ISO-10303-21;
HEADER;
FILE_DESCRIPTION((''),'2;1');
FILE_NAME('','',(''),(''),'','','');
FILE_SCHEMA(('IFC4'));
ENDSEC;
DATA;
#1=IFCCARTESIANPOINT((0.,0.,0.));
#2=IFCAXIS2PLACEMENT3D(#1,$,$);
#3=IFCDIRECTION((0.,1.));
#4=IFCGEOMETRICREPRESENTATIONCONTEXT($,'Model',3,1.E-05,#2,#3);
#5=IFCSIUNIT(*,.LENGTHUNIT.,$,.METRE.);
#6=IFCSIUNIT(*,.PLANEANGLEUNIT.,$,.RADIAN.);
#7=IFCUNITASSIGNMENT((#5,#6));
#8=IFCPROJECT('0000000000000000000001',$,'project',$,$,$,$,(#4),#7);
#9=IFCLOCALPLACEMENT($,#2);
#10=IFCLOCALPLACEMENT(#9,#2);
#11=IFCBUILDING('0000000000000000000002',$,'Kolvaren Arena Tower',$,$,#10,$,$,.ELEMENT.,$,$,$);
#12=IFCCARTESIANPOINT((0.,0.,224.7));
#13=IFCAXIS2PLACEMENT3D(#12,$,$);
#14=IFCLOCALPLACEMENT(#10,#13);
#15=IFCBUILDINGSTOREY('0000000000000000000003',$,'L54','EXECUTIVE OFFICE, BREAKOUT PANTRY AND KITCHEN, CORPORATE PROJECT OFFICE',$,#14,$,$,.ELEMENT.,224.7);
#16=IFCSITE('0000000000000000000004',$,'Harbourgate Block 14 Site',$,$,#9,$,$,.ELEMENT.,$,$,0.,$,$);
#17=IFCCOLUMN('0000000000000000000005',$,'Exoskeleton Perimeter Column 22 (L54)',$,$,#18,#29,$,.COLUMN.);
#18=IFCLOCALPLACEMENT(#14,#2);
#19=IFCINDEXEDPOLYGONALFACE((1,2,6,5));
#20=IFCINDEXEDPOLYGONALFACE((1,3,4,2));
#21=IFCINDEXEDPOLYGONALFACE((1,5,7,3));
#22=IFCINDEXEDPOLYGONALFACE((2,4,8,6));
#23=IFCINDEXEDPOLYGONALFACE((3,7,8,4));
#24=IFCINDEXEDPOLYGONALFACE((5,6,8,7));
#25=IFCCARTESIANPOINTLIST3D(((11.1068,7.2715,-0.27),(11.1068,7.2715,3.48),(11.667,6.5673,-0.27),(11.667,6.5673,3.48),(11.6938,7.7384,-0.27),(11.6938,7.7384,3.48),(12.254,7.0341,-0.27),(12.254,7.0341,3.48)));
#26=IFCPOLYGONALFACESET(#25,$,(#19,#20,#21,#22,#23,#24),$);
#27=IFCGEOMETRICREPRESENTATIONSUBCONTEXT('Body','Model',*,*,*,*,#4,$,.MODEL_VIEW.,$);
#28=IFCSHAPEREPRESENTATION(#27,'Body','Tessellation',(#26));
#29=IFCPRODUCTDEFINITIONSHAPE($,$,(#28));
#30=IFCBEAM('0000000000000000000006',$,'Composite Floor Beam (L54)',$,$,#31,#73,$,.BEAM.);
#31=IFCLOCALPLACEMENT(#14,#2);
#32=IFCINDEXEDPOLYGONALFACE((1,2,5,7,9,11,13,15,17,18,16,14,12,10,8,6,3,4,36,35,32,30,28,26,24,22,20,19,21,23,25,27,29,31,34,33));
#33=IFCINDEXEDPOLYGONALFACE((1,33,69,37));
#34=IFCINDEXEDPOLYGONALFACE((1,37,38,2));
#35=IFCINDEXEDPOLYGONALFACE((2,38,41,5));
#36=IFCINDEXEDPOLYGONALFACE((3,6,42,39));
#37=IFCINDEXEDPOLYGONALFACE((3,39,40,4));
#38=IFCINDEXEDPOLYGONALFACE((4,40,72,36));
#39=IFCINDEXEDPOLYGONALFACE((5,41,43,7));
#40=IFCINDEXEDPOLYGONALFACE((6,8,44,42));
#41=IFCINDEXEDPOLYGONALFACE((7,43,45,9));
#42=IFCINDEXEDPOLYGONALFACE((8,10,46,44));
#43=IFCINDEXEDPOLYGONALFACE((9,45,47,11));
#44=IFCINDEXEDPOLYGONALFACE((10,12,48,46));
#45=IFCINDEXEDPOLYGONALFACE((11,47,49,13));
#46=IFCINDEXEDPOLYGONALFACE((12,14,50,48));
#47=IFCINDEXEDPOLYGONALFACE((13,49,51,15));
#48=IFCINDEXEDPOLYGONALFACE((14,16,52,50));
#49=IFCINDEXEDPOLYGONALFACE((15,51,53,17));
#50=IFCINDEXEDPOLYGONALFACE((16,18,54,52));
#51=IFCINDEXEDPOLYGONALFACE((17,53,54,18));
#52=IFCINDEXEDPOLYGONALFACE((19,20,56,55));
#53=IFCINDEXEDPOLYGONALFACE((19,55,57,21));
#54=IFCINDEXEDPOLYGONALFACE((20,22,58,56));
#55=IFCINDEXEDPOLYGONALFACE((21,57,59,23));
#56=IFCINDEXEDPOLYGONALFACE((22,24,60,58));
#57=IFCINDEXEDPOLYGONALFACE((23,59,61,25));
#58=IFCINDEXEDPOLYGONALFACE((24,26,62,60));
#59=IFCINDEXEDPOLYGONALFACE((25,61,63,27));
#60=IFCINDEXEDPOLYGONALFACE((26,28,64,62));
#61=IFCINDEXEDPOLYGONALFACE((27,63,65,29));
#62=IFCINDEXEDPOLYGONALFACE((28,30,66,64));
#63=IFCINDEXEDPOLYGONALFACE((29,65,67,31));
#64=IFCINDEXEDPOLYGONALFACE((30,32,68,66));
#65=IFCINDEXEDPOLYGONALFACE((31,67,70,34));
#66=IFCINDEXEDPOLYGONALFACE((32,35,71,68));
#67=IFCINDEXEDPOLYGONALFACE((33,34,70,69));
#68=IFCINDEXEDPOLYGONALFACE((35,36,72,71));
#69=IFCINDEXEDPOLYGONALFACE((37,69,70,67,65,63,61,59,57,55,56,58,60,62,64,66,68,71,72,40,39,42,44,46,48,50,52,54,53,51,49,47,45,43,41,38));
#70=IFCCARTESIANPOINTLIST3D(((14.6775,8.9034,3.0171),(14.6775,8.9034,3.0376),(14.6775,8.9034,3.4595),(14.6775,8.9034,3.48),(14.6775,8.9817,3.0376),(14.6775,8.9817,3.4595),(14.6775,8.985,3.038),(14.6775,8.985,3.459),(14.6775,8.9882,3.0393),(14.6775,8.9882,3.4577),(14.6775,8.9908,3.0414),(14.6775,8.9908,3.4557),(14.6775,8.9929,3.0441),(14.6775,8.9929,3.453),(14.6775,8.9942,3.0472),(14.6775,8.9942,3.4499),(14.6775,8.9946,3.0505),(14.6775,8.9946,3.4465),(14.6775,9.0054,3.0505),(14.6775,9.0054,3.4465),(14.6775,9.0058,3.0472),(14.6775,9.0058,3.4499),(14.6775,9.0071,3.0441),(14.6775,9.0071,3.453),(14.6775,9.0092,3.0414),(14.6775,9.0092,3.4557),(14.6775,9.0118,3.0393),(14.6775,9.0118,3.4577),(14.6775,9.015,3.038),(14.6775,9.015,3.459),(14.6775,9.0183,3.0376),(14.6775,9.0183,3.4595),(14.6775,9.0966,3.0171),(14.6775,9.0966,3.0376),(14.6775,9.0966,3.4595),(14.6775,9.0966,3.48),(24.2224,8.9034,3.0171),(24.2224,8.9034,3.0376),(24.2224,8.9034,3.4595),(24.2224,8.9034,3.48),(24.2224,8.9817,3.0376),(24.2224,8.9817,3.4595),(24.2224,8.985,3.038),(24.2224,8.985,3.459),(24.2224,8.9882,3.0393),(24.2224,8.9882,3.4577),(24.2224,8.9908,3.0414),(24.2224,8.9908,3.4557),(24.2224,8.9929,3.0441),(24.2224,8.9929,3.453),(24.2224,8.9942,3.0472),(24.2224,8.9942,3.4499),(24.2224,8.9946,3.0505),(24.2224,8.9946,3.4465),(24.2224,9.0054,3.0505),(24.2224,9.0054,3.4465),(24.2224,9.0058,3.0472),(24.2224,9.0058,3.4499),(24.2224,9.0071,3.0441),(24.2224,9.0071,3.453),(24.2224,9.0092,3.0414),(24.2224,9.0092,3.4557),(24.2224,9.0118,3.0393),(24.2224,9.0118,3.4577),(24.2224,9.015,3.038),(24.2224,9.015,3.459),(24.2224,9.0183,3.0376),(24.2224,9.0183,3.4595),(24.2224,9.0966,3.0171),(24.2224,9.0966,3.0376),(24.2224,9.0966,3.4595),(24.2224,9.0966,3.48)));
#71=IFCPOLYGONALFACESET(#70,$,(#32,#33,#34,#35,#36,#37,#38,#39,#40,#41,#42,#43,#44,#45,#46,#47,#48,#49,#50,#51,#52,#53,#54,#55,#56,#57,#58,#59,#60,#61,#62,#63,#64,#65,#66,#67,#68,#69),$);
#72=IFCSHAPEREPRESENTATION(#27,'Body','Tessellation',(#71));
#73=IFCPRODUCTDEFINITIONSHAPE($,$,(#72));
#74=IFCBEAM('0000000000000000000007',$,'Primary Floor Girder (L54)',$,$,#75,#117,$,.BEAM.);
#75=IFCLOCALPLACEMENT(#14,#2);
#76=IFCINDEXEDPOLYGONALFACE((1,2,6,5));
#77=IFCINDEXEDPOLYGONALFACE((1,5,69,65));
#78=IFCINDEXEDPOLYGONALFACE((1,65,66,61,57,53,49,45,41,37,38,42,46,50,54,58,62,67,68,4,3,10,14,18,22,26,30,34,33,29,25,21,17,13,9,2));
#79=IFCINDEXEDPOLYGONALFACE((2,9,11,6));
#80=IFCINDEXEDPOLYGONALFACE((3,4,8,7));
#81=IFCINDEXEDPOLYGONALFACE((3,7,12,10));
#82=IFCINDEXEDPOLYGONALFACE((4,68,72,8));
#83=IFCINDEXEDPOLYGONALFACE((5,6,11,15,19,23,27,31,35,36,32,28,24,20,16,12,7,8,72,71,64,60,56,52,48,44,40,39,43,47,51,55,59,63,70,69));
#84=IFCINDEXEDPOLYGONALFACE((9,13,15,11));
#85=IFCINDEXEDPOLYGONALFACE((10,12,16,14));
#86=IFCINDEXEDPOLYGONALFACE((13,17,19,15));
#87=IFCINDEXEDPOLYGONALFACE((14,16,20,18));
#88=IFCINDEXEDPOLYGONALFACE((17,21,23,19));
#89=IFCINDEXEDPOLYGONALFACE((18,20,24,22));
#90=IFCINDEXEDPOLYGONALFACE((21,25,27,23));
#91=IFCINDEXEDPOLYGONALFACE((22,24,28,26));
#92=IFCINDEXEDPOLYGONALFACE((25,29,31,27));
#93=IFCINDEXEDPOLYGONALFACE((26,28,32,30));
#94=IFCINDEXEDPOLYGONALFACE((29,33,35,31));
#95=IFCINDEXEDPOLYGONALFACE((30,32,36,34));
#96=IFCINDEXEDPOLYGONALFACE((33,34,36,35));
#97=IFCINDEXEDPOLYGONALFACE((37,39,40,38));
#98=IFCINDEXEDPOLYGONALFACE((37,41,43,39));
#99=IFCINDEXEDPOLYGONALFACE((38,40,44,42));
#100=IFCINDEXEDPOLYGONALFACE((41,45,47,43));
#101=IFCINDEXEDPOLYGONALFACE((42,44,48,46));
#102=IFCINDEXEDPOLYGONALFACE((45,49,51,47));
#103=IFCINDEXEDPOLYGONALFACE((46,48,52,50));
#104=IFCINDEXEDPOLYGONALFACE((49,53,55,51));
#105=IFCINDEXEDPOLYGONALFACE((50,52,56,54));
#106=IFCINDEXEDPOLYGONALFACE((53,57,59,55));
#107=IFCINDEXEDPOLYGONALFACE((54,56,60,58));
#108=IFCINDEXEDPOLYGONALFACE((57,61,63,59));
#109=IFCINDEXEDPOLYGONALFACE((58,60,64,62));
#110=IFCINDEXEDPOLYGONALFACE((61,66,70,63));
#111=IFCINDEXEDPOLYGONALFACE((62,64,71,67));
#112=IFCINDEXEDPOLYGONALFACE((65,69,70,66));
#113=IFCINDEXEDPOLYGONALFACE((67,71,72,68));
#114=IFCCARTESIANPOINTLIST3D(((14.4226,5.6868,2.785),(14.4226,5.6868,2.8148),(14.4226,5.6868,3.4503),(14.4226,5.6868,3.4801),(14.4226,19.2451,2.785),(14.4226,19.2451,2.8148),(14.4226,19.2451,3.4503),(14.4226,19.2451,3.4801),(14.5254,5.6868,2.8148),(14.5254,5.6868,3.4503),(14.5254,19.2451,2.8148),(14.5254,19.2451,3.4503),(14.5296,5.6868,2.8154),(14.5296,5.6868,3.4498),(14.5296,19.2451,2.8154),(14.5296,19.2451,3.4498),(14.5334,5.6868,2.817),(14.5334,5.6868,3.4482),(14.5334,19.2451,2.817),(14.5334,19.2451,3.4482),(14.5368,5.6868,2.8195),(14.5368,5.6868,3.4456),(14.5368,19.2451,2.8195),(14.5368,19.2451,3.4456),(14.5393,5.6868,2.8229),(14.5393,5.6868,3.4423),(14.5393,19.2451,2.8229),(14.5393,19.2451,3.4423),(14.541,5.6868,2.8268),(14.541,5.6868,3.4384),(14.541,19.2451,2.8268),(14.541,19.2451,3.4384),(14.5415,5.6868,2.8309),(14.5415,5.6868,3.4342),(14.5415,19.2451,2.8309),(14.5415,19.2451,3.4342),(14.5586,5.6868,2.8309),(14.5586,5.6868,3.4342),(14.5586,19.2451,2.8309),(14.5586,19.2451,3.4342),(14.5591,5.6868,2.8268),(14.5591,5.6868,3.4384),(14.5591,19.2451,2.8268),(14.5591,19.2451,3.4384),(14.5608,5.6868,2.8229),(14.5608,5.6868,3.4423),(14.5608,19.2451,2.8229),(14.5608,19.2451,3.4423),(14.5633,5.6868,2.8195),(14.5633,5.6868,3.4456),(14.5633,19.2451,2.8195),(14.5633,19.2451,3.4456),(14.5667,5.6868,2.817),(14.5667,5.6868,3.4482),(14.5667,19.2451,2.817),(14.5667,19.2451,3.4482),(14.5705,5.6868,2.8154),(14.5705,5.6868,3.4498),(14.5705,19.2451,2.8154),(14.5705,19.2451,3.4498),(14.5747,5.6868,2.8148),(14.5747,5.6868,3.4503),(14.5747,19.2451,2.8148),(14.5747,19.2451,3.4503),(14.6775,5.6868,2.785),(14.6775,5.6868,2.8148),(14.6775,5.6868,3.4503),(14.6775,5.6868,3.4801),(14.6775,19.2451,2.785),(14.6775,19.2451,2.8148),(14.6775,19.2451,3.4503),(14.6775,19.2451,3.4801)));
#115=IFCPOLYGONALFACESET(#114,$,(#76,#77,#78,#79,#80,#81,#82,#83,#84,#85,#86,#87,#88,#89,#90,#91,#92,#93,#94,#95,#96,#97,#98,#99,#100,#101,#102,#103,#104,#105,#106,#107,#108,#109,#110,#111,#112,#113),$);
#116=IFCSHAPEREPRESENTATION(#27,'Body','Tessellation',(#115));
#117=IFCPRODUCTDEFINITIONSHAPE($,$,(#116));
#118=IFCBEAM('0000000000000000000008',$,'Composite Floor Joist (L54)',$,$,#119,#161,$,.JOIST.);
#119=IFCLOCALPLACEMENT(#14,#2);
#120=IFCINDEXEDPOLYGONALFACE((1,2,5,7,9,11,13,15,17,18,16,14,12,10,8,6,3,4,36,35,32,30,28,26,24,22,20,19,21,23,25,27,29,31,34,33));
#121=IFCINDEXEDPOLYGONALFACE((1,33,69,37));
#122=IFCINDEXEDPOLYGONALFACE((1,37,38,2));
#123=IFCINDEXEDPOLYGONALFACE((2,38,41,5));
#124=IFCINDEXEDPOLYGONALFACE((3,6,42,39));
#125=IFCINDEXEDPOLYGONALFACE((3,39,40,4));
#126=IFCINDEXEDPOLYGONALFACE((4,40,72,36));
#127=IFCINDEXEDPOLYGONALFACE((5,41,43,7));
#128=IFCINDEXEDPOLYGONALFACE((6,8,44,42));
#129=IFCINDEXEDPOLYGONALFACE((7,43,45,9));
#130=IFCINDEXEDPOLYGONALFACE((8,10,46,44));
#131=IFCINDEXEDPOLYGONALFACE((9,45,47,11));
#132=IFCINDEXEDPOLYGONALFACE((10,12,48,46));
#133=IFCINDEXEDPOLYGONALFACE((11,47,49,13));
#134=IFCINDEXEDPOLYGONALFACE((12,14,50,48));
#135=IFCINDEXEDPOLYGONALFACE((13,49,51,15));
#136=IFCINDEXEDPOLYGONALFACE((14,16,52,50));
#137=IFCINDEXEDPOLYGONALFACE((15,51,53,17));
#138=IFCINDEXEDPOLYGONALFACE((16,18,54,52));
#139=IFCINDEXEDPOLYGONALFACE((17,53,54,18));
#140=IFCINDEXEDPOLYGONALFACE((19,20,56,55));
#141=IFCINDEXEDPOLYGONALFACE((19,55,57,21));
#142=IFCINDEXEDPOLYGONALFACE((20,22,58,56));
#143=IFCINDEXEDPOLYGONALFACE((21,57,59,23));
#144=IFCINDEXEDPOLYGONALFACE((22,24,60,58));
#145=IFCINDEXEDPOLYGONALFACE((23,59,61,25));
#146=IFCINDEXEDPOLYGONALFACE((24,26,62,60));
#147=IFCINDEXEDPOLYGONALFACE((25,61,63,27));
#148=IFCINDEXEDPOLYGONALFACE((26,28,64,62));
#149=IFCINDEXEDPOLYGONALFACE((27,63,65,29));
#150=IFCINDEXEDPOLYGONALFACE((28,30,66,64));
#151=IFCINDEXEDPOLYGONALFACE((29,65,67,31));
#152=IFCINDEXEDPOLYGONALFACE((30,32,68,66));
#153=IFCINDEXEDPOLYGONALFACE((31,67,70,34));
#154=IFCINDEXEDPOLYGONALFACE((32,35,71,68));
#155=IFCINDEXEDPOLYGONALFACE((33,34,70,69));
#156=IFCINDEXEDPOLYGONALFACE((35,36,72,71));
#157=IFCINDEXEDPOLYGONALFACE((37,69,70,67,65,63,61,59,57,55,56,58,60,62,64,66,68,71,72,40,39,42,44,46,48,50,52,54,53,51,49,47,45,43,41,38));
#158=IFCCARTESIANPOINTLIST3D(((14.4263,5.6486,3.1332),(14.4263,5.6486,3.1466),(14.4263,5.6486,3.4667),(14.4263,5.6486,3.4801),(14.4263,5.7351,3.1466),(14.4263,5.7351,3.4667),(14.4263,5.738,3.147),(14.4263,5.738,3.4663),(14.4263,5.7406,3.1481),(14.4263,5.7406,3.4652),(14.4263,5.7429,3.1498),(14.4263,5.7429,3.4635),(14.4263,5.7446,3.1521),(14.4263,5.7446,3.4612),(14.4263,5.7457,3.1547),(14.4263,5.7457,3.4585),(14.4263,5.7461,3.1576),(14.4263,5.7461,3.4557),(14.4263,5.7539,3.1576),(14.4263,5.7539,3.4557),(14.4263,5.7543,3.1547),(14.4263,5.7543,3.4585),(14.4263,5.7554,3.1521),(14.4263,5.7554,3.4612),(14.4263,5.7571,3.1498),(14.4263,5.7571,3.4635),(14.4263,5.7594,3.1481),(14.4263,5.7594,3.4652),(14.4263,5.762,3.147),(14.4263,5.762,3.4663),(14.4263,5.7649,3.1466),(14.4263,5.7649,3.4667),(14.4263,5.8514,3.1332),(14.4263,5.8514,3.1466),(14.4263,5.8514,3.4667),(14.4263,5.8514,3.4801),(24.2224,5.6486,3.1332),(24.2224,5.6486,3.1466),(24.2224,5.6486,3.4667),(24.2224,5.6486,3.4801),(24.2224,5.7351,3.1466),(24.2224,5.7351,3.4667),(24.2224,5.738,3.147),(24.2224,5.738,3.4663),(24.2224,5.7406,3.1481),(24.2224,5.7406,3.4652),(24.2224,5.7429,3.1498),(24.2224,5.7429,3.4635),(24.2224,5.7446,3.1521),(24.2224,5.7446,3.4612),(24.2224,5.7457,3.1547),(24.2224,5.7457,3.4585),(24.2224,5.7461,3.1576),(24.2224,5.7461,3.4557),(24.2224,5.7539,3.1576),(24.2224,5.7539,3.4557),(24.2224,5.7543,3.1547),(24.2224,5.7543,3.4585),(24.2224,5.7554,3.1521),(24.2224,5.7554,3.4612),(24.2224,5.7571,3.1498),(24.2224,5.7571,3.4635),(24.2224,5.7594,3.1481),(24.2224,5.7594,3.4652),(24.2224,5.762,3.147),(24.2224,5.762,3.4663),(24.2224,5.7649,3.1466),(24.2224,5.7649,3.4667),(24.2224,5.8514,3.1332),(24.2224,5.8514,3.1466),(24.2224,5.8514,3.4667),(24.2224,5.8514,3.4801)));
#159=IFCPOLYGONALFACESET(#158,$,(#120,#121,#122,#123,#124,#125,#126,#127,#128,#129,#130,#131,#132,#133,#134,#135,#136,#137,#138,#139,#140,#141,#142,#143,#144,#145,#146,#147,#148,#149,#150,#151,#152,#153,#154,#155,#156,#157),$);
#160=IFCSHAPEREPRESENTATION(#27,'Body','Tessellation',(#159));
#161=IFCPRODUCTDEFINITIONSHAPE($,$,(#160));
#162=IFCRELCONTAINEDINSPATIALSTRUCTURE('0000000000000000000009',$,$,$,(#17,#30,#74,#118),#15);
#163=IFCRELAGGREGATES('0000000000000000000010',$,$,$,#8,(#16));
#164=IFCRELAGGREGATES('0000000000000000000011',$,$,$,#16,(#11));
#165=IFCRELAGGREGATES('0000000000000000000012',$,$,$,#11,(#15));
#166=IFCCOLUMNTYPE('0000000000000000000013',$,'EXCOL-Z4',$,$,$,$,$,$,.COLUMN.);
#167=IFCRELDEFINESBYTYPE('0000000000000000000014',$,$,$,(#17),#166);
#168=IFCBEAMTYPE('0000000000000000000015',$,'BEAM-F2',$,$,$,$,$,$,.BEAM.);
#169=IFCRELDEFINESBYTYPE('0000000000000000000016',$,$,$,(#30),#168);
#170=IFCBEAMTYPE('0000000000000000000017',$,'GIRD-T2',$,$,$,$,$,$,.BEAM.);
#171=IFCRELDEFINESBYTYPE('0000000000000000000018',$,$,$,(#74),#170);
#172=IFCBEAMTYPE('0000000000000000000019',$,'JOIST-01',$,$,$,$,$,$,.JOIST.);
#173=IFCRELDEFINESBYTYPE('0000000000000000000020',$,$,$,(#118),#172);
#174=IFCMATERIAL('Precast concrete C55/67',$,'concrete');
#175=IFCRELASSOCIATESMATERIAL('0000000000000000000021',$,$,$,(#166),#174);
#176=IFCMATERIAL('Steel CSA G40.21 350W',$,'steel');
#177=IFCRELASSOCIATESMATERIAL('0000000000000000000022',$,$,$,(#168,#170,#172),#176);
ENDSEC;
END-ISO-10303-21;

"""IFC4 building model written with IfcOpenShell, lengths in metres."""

from ifc_helpers import new_model, si_unit, direction, frame, origin, origin_2d, place, context, subcontext, project, spatial, rectangle, i_section, extrude, material, material_profile, profile_set, type_object, element, save


model = new_model("IFC4")

# Units and contexts
model_context = context("Model", 3, precision=1e-05, world=origin(), true_north=direction((0.0, 1.0)))
body_context = subcontext(model_context, "Body", "Model", "MODEL_VIEW")
ifc_project = project(units=[si_unit("LENGTHUNIT", "METRE"), si_unit("PLANEANGLEUNIT", "RADIAN")], contexts=[model_context])

# Site, building, storey
site_placement = place(None, origin())
site = spatial("IfcSite", under=ifc_project, at=site_placement, Name="Harbourgate Block 14 Site", CompositionType="ELEMENT", RefElevation=0.0)
building_placement = place(site_placement, origin())
building = spatial("IfcBuilding", under=site, at=building_placement, Name="Kolvaren Arena Tower", CompositionType="ELEMENT")
storey_placement = place(building_placement, frame((0.0, 0.0, 224.7)))
storey = spatial("IfcBuildingStorey", under=building, at=storey_placement, Name="L54", Description="EXECUTIVE OFFICE, BREAKOUT PANTRY AND KITCHEN, CORPORATE PROJECT OFFICE", CompositionType="ELEMENT", Elevation=224.7)

# Column
ifc_material_1 = material(Name="Precast concrete C55/67", Category="concrete")
ifc_material_profile_1 = material_profile(ifc_material_1, rectangle(XDim=0.8999, YDim=0.75, at=origin_2d()), Name="RC-900x750")
ifc_profile_set_1 = profile_set([ifc_material_profile_1], Name="Precast concrete C55/67")
column_type = type_object("IfcColumnType", Name="EXCOL-Z4", PredefinedType="COLUMN", material=ifc_profile_set_1)
column_placement = place(storey_placement, frame((11.6804, 7.1528, -0.27), z_axis=(0.0, 0.0, 1.0), x_axis=(-0.622515, 0.782608, 0.0)))
element("IfcColumn", 1, at=column_placement, inside=storey, type_object=column_type, Name="Exoskeleton Perimeter Column 22 (L54)", PredefinedType="COLUMN", context=body_context, shape_type="SweptSolid", body=[
    extrude(rectangle(XDim=0.8999, YDim=0.75, at=origin_2d()), origin(), (0.0, 0.0, 1.0), 3.75),
])

# Beams
ifc_material_2 = material(Name="Steel CSA G40.21 350W", Category="steel")
ifc_material_profile_2 = material_profile(ifc_material_2, i_section(OverallWidth=0.1931, OverallDepth=0.4629, WebThickness=0.0107, FlangeThickness=0.0205, FilletRadius=0.0129, at=origin_2d()), Name="W460x113")
ifc_profile_set_2 = profile_set([ifc_material_profile_2], Name="Steel CSA G40.21 350W")
beam_type_1 = type_object("IfcBeamType", Name="BEAM-F2", PredefinedType="BEAM", material=ifc_profile_set_2)
beam_1_placement = place(storey_placement, frame((14.6775, 9.0, 3.2485), z_axis=(1.0, 0.0, 0.0), x_axis=(0.0, 1.0, 0.0)))
element("IfcBeam", 2, at=beam_1_placement, inside=storey, type_object=beam_type_1, Name="Composite Floor Beam (L54)", PredefinedType="BEAM", context=body_context, shape_type="SweptSolid", body=[
    extrude(i_section(OverallWidth=0.1931, OverallDepth=0.4629, WebThickness=0.0107, FlangeThickness=0.0205, FilletRadius=0.0129, at=origin_2d()), origin(), (0.0, 0.0, 1.0), 9.5449),
])
ifc_material_profile_3 = material_profile(ifc_material_2, i_section(OverallWidth=0.2549, OverallDepth=0.6951, WebThickness=0.0171, FlangeThickness=0.0298, FilletRadius=0.0161, at=origin_2d()), Name="W690x217")
ifc_profile_set_3 = profile_set([ifc_material_profile_3], Name="Steel CSA G40.21 350W")
beam_type_2 = type_object("IfcBeamType", Name="GIRD-T2", PredefinedType="BEAM", material=ifc_profile_set_3)
beam_2_placement = place(storey_placement, frame((14.55, 5.6868, 3.1326), z_axis=(0.0, 1.0, 0.0), x_axis=(-1.0, 0.0, 0.0)))
element("IfcBeam", 3, at=beam_2_placement, inside=storey, type_object=beam_type_2, Name="Primary Floor Girder (L54)", PredefinedType="BEAM", context=body_context, shape_type="SweptSolid", body=[
    extrude(i_section(OverallWidth=0.2549, OverallDepth=0.6951, WebThickness=0.0171, FlangeThickness=0.0298, FilletRadius=0.0161, at=origin_2d()), origin(), (0.0, 0.0, 1.0), 13.5583),
])
ifc_material_profile_4 = material_profile(ifc_material_2, i_section(OverallWidth=0.2029, OverallDepth=0.3469, WebThickness=0.0078, FlangeThickness=0.0134, FilletRadius=0.011, at=origin_2d()), Name="W360x64")
ifc_profile_set_4 = profile_set([ifc_material_profile_4], Name="Steel CSA G40.21 350W")
beam_type_3 = type_object("IfcBeamType", Name="JOIST-01", PredefinedType="JOIST", material=ifc_profile_set_4)
beam_3_placement = place(storey_placement, frame((14.4263, 5.75, 3.3066), z_axis=(1.0, 0.0, 0.0), x_axis=(0.0, 1.0, 0.0)))
element("IfcBeam", 4, at=beam_3_placement, inside=storey, type_object=beam_type_3, Name="Composite Floor Joist (L54)", PredefinedType="JOIST", context=body_context, shape_type="SweptSolid", body=[
    extrude(i_section(OverallWidth=0.2029, OverallDepth=0.3469, WebThickness=0.0078, FlangeThickness=0.0134, FilletRadius=0.011, at=origin_2d()), origin(), (0.0, 0.0, 1.0), 9.7961),
])

save(model, "model.ifc")
